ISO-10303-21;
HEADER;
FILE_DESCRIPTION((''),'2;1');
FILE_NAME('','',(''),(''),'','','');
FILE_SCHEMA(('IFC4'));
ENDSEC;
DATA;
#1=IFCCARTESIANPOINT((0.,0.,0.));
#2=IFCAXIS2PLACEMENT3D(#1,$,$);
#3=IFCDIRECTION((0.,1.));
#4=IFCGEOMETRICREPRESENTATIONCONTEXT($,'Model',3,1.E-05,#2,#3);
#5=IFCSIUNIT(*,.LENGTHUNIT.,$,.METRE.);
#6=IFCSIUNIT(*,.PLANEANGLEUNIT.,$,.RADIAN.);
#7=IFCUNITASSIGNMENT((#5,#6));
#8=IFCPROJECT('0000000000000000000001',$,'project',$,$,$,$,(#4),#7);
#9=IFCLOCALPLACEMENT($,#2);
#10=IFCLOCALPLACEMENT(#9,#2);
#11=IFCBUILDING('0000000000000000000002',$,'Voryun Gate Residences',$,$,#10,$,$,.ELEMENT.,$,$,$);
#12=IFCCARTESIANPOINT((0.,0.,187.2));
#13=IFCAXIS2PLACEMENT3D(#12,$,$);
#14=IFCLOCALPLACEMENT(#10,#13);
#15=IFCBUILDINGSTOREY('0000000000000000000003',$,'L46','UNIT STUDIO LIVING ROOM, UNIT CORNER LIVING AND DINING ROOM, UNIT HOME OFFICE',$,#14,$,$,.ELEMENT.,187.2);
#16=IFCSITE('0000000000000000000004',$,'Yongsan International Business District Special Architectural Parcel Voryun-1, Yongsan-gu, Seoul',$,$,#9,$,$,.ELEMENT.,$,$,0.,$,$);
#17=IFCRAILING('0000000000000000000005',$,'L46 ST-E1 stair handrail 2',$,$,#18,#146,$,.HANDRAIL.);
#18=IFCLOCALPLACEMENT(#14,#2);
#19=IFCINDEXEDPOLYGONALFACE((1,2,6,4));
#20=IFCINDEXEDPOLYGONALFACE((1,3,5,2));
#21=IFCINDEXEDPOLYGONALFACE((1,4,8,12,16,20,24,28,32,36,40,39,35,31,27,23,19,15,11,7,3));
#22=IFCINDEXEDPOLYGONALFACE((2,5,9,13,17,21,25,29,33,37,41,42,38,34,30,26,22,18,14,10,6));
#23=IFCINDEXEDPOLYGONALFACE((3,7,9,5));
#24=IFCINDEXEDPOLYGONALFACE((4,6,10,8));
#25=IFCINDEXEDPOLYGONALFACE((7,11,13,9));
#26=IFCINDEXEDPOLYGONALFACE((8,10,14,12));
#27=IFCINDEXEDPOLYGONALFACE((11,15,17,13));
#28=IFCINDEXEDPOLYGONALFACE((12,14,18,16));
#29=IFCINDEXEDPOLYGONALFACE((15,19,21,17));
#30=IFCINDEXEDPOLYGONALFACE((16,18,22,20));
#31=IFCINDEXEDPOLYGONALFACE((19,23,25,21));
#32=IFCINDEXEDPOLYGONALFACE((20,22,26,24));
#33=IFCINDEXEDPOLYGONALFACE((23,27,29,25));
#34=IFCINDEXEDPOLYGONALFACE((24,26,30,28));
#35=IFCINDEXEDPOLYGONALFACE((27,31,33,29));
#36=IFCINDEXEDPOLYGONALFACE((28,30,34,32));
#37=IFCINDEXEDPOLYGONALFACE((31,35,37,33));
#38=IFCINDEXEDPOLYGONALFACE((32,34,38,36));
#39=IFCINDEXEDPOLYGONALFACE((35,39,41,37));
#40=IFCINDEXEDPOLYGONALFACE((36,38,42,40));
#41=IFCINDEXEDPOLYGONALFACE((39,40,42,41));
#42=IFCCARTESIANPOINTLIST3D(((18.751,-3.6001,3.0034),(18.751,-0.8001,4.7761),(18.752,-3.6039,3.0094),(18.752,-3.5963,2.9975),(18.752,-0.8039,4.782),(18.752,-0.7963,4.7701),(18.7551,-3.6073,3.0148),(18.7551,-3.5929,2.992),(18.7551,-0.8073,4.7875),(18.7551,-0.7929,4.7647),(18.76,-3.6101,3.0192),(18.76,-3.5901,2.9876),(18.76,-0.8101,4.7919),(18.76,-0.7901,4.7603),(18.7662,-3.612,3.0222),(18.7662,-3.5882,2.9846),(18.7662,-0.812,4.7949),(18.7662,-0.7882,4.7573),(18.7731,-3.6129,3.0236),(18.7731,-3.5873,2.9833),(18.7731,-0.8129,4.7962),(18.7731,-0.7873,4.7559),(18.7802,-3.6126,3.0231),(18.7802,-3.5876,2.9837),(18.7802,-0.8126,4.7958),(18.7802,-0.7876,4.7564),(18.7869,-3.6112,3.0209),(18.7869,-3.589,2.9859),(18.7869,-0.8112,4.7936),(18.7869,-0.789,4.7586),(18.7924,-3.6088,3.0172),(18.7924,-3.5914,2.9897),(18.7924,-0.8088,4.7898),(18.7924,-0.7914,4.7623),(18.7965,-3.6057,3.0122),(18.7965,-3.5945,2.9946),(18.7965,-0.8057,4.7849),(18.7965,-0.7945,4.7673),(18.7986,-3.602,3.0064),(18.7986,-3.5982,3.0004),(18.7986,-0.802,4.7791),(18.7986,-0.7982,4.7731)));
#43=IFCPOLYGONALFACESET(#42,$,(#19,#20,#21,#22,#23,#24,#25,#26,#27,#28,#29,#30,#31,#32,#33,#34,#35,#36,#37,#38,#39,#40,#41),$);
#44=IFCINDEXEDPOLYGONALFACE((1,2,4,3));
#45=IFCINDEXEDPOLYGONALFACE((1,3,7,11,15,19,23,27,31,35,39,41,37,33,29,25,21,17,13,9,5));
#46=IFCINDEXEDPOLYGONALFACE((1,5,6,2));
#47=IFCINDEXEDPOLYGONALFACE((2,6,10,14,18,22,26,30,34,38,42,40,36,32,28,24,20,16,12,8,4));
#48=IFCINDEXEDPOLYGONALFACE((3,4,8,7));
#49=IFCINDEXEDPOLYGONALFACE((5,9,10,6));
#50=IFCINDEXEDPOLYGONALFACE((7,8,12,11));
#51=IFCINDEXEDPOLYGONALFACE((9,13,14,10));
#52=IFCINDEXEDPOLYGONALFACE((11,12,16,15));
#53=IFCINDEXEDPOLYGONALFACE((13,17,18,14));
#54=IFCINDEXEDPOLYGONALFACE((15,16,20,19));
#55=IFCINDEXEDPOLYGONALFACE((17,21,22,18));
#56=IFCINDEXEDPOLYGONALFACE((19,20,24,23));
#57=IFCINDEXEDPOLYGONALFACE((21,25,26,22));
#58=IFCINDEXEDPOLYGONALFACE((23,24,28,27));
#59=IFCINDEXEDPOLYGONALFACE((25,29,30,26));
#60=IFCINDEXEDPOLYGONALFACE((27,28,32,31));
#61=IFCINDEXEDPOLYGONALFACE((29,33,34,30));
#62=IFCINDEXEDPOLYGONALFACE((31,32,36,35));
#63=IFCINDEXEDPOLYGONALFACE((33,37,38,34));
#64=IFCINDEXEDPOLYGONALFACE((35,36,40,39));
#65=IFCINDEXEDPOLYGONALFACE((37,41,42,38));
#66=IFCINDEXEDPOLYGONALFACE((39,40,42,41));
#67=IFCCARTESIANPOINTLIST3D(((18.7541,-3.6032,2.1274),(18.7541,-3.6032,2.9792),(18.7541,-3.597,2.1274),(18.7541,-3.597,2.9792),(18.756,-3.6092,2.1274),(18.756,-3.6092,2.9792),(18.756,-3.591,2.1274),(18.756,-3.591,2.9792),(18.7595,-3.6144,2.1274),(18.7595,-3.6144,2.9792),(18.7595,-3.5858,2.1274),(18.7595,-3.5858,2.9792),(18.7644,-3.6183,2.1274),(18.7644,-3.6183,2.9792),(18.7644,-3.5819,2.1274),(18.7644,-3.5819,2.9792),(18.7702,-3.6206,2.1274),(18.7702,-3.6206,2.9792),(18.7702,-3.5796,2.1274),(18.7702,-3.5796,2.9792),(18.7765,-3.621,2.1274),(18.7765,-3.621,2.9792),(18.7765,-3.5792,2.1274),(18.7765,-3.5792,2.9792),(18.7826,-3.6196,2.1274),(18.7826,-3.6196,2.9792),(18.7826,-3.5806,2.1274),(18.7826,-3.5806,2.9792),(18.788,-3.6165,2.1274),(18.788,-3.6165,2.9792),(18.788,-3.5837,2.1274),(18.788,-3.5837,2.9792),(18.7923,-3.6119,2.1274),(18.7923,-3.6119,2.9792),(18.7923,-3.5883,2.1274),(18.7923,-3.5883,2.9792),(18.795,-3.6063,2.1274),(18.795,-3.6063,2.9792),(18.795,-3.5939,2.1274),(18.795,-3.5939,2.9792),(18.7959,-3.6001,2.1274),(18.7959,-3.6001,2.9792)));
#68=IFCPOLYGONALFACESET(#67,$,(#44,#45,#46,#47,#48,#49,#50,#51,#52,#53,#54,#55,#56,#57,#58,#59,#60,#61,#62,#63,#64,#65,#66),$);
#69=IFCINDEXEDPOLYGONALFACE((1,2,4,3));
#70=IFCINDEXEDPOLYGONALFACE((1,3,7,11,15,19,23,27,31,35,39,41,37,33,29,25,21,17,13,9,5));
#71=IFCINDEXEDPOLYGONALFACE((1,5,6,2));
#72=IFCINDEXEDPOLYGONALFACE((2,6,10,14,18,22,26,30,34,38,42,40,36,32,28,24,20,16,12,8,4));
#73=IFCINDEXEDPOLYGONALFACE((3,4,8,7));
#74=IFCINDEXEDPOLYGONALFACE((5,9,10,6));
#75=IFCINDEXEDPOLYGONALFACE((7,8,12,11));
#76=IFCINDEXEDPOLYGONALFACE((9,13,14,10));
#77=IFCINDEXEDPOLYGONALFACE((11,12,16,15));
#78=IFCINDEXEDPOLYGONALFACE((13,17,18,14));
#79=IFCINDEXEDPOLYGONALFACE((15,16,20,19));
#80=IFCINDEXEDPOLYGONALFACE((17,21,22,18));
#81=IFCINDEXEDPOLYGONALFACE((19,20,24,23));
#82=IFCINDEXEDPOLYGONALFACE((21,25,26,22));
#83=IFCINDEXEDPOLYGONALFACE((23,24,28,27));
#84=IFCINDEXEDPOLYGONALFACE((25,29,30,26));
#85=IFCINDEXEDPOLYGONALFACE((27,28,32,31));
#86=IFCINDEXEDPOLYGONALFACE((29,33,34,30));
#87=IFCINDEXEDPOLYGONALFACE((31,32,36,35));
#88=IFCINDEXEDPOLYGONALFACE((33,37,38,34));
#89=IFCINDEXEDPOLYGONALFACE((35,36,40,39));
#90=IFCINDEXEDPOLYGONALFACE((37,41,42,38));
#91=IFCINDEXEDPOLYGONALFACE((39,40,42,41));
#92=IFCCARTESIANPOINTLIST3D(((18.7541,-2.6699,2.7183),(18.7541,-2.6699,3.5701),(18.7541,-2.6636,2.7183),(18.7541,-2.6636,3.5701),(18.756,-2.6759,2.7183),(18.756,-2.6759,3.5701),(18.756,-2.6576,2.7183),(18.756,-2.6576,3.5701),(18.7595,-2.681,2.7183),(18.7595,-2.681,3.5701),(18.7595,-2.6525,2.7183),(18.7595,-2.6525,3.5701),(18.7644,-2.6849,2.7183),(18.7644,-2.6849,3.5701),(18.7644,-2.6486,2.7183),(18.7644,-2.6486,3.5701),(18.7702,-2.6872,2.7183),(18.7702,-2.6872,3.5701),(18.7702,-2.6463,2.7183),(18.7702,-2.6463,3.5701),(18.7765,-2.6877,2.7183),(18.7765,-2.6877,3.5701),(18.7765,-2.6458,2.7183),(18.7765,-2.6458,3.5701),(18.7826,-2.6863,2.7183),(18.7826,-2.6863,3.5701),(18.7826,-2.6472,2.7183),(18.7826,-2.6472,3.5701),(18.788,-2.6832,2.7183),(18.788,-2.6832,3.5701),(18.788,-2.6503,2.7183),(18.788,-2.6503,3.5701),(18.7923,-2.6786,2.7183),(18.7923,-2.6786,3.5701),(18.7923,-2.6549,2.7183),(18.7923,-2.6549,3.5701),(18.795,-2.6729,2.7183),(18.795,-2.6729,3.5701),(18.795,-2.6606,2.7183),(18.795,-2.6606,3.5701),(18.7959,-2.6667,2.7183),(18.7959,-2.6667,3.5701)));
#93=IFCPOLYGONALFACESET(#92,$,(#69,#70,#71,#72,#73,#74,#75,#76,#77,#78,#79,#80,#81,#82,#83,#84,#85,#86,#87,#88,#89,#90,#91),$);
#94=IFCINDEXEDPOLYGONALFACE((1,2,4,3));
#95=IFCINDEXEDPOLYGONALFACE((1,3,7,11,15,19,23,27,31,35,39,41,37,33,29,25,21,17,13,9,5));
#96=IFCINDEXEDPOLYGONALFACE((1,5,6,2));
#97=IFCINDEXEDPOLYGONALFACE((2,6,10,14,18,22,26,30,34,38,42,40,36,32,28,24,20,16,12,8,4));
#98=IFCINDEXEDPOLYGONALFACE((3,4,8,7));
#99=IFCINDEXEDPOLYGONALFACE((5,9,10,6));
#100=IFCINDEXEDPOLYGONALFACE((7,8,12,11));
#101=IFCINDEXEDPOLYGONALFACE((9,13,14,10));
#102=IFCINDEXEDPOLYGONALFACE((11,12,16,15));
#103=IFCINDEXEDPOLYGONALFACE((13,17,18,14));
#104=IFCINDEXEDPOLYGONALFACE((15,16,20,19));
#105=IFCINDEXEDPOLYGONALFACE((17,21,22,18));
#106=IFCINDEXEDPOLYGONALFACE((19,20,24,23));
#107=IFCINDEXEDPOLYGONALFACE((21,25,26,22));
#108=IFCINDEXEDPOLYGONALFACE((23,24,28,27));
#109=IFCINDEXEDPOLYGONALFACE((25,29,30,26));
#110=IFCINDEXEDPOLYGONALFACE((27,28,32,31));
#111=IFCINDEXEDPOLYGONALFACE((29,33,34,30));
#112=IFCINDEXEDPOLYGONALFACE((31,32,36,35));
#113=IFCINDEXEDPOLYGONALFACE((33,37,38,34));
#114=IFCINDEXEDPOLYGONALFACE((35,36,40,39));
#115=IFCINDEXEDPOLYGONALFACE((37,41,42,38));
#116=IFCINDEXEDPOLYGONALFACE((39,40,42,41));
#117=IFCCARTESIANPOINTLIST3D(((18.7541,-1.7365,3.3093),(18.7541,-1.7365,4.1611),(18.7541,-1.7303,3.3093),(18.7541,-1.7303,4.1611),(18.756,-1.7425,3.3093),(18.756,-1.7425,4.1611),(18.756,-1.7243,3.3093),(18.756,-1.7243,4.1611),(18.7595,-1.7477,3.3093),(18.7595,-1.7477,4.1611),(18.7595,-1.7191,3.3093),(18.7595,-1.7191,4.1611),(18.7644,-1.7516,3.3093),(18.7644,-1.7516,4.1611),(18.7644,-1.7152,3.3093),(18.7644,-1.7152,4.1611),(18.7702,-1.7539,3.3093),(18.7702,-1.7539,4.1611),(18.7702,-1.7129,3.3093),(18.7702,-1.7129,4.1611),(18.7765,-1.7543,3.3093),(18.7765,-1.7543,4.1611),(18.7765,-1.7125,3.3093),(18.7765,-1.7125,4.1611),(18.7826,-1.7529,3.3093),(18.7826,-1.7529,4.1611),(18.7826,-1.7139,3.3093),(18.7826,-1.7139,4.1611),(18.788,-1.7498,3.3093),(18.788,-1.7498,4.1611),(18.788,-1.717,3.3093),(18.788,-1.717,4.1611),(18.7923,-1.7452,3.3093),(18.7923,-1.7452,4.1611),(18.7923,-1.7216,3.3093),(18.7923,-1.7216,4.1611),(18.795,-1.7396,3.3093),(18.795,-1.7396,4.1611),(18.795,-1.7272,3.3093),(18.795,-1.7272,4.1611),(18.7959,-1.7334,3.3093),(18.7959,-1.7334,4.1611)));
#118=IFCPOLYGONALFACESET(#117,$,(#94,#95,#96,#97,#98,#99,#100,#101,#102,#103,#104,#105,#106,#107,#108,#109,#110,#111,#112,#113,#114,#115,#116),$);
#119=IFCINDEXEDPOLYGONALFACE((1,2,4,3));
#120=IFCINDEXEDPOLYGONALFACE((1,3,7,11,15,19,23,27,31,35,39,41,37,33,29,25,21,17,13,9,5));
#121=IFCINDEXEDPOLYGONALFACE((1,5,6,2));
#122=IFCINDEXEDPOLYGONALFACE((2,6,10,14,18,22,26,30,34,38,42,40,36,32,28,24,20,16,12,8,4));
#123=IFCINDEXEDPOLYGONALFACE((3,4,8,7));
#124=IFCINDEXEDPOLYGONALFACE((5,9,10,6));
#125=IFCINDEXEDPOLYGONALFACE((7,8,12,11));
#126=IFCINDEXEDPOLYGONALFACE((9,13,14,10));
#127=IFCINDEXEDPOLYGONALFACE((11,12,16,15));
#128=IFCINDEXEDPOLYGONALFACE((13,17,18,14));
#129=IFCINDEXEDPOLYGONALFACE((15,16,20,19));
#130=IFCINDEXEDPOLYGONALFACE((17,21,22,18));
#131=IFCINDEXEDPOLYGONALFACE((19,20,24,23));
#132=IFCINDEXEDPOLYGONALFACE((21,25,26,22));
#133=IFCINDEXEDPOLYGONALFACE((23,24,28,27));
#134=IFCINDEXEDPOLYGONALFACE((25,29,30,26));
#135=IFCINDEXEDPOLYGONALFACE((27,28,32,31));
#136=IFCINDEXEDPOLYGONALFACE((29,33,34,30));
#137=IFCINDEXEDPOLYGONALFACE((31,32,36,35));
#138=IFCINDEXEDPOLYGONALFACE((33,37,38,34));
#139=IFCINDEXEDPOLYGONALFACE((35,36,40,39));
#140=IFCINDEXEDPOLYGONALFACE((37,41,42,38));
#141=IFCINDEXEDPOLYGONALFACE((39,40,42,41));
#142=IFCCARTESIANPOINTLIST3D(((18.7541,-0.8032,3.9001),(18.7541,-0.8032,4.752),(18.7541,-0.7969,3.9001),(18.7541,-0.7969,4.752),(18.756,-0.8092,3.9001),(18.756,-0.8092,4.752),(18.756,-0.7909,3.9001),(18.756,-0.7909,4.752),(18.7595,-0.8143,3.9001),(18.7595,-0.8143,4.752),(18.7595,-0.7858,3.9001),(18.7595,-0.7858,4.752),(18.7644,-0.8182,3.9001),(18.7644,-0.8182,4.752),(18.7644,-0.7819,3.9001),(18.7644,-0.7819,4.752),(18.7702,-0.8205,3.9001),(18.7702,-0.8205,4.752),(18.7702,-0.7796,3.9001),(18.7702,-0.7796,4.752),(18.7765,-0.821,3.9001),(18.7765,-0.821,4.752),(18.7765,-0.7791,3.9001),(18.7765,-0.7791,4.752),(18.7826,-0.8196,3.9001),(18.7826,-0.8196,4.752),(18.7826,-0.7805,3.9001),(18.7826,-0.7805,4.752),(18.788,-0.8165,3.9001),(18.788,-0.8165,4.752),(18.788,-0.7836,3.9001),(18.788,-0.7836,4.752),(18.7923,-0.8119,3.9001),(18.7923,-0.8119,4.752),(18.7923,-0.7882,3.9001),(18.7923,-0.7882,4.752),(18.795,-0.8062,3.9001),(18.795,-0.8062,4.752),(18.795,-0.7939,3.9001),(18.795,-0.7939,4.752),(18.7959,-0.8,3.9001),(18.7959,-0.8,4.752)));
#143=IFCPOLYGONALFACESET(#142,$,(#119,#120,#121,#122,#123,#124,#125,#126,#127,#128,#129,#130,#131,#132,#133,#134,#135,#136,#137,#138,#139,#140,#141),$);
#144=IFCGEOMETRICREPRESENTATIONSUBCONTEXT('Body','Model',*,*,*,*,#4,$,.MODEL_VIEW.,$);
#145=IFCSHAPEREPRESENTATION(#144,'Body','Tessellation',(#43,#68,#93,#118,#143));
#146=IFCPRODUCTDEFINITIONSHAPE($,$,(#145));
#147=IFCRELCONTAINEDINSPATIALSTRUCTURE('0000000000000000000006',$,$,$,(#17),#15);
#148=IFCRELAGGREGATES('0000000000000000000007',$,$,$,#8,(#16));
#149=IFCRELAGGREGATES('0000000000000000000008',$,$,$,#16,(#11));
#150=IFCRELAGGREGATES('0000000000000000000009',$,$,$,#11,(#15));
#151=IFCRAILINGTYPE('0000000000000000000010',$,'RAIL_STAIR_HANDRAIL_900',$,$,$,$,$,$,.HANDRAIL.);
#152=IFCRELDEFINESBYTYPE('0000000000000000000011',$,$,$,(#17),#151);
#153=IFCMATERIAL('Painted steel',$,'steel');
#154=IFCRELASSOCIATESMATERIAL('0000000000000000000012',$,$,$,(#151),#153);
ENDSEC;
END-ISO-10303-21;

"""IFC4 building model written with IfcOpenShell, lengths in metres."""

from ifc_helpers import new_model, si_unit, direction, frame, origin, origin_2d, place, context, subcontext, project, spatial, circle, extrude, material, type_object, element, save


model = new_model("IFC4")

# Units and contexts
model_context = context("Model", 3, precision=1e-05, world=origin(), true_north=direction((0.0, 1.0)))
body_context = subcontext(model_context, "Body", "Model", "MODEL_VIEW")
ifc_project = project(units=[si_unit("LENGTHUNIT", "METRE"), si_unit("PLANEANGLEUNIT", "RADIAN")], contexts=[model_context])

# Site, building, storey
site_placement = place(None, origin())
site = spatial("IfcSite", under=ifc_project, at=site_placement, Name="Yongsan International Business District Special Architectural Parcel Voryun-1, Yongsan-gu, Seoul", CompositionType="ELEMENT", RefElevation=0.0)
building_placement = place(site_placement, origin())
building = spatial("IfcBuilding", under=site, at=building_placement, Name="Voryun Gate Residences", CompositionType="ELEMENT")
storey_placement = place(building_placement, frame((0.0, 0.0, 187.2)))
storey = spatial("IfcBuildingStorey", under=building, at=storey_placement, Name="L46", Description="UNIT STUDIO LIVING ROOM, UNIT CORNER LIVING AND DINING ROOM, UNIT HOME OFFICE", CompositionType="ELEMENT", Elevation=187.2)

# Railing
ifc_material_1 = material(Name="Painted steel", Category="steel")
railing_type_1 = type_object("IfcRailingType", Name="RAIL_STAIR_HANDRAIL_900", PredefinedType="HANDRAIL", material=ifc_material_1)
railing_1_placement = place(storey_placement, frame((18.7749, -3.6001, 2.1274)))
element("IfcRailing", 1, at=railing_1_placement, inside=storey, type_object=railing_type_1, Name="L46 ST-E1 stair handrail 2", PredefinedType="HANDRAIL", context=body_context, shape_type="SweptSolid", body=[
    extrude(circle(Radius=0.0239, at=origin_2d()), frame((0.0, 0.0, 0.876), z_axis=(0.0, 0.844909, 0.53491), x_axis=(-1.0, 0.0, 0.0)), (0.0, 0.0, 1.0), 3.314),
    extrude(circle(Radius=0.021, at=origin_2d()), origin(), (0.0, 0.0, 1.0), 0.8518),
    extrude(circle(Radius=0.021, at=origin_2d()), frame((0.0, 0.9333, 0.5908)), (0.0, 0.0, 1.0), 0.8518),
    extrude(circle(Radius=0.021, at=origin_2d()), frame((0.0, 1.8667, 1.1819)), (0.0, 0.0, 1.0), 0.8518),
    extrude(circle(Radius=0.021, at=origin_2d()), frame((0.0, 2.8, 1.7727)), (0.0, 0.0, 1.0), 0.8518),
])

save(model, "model.ifc")
